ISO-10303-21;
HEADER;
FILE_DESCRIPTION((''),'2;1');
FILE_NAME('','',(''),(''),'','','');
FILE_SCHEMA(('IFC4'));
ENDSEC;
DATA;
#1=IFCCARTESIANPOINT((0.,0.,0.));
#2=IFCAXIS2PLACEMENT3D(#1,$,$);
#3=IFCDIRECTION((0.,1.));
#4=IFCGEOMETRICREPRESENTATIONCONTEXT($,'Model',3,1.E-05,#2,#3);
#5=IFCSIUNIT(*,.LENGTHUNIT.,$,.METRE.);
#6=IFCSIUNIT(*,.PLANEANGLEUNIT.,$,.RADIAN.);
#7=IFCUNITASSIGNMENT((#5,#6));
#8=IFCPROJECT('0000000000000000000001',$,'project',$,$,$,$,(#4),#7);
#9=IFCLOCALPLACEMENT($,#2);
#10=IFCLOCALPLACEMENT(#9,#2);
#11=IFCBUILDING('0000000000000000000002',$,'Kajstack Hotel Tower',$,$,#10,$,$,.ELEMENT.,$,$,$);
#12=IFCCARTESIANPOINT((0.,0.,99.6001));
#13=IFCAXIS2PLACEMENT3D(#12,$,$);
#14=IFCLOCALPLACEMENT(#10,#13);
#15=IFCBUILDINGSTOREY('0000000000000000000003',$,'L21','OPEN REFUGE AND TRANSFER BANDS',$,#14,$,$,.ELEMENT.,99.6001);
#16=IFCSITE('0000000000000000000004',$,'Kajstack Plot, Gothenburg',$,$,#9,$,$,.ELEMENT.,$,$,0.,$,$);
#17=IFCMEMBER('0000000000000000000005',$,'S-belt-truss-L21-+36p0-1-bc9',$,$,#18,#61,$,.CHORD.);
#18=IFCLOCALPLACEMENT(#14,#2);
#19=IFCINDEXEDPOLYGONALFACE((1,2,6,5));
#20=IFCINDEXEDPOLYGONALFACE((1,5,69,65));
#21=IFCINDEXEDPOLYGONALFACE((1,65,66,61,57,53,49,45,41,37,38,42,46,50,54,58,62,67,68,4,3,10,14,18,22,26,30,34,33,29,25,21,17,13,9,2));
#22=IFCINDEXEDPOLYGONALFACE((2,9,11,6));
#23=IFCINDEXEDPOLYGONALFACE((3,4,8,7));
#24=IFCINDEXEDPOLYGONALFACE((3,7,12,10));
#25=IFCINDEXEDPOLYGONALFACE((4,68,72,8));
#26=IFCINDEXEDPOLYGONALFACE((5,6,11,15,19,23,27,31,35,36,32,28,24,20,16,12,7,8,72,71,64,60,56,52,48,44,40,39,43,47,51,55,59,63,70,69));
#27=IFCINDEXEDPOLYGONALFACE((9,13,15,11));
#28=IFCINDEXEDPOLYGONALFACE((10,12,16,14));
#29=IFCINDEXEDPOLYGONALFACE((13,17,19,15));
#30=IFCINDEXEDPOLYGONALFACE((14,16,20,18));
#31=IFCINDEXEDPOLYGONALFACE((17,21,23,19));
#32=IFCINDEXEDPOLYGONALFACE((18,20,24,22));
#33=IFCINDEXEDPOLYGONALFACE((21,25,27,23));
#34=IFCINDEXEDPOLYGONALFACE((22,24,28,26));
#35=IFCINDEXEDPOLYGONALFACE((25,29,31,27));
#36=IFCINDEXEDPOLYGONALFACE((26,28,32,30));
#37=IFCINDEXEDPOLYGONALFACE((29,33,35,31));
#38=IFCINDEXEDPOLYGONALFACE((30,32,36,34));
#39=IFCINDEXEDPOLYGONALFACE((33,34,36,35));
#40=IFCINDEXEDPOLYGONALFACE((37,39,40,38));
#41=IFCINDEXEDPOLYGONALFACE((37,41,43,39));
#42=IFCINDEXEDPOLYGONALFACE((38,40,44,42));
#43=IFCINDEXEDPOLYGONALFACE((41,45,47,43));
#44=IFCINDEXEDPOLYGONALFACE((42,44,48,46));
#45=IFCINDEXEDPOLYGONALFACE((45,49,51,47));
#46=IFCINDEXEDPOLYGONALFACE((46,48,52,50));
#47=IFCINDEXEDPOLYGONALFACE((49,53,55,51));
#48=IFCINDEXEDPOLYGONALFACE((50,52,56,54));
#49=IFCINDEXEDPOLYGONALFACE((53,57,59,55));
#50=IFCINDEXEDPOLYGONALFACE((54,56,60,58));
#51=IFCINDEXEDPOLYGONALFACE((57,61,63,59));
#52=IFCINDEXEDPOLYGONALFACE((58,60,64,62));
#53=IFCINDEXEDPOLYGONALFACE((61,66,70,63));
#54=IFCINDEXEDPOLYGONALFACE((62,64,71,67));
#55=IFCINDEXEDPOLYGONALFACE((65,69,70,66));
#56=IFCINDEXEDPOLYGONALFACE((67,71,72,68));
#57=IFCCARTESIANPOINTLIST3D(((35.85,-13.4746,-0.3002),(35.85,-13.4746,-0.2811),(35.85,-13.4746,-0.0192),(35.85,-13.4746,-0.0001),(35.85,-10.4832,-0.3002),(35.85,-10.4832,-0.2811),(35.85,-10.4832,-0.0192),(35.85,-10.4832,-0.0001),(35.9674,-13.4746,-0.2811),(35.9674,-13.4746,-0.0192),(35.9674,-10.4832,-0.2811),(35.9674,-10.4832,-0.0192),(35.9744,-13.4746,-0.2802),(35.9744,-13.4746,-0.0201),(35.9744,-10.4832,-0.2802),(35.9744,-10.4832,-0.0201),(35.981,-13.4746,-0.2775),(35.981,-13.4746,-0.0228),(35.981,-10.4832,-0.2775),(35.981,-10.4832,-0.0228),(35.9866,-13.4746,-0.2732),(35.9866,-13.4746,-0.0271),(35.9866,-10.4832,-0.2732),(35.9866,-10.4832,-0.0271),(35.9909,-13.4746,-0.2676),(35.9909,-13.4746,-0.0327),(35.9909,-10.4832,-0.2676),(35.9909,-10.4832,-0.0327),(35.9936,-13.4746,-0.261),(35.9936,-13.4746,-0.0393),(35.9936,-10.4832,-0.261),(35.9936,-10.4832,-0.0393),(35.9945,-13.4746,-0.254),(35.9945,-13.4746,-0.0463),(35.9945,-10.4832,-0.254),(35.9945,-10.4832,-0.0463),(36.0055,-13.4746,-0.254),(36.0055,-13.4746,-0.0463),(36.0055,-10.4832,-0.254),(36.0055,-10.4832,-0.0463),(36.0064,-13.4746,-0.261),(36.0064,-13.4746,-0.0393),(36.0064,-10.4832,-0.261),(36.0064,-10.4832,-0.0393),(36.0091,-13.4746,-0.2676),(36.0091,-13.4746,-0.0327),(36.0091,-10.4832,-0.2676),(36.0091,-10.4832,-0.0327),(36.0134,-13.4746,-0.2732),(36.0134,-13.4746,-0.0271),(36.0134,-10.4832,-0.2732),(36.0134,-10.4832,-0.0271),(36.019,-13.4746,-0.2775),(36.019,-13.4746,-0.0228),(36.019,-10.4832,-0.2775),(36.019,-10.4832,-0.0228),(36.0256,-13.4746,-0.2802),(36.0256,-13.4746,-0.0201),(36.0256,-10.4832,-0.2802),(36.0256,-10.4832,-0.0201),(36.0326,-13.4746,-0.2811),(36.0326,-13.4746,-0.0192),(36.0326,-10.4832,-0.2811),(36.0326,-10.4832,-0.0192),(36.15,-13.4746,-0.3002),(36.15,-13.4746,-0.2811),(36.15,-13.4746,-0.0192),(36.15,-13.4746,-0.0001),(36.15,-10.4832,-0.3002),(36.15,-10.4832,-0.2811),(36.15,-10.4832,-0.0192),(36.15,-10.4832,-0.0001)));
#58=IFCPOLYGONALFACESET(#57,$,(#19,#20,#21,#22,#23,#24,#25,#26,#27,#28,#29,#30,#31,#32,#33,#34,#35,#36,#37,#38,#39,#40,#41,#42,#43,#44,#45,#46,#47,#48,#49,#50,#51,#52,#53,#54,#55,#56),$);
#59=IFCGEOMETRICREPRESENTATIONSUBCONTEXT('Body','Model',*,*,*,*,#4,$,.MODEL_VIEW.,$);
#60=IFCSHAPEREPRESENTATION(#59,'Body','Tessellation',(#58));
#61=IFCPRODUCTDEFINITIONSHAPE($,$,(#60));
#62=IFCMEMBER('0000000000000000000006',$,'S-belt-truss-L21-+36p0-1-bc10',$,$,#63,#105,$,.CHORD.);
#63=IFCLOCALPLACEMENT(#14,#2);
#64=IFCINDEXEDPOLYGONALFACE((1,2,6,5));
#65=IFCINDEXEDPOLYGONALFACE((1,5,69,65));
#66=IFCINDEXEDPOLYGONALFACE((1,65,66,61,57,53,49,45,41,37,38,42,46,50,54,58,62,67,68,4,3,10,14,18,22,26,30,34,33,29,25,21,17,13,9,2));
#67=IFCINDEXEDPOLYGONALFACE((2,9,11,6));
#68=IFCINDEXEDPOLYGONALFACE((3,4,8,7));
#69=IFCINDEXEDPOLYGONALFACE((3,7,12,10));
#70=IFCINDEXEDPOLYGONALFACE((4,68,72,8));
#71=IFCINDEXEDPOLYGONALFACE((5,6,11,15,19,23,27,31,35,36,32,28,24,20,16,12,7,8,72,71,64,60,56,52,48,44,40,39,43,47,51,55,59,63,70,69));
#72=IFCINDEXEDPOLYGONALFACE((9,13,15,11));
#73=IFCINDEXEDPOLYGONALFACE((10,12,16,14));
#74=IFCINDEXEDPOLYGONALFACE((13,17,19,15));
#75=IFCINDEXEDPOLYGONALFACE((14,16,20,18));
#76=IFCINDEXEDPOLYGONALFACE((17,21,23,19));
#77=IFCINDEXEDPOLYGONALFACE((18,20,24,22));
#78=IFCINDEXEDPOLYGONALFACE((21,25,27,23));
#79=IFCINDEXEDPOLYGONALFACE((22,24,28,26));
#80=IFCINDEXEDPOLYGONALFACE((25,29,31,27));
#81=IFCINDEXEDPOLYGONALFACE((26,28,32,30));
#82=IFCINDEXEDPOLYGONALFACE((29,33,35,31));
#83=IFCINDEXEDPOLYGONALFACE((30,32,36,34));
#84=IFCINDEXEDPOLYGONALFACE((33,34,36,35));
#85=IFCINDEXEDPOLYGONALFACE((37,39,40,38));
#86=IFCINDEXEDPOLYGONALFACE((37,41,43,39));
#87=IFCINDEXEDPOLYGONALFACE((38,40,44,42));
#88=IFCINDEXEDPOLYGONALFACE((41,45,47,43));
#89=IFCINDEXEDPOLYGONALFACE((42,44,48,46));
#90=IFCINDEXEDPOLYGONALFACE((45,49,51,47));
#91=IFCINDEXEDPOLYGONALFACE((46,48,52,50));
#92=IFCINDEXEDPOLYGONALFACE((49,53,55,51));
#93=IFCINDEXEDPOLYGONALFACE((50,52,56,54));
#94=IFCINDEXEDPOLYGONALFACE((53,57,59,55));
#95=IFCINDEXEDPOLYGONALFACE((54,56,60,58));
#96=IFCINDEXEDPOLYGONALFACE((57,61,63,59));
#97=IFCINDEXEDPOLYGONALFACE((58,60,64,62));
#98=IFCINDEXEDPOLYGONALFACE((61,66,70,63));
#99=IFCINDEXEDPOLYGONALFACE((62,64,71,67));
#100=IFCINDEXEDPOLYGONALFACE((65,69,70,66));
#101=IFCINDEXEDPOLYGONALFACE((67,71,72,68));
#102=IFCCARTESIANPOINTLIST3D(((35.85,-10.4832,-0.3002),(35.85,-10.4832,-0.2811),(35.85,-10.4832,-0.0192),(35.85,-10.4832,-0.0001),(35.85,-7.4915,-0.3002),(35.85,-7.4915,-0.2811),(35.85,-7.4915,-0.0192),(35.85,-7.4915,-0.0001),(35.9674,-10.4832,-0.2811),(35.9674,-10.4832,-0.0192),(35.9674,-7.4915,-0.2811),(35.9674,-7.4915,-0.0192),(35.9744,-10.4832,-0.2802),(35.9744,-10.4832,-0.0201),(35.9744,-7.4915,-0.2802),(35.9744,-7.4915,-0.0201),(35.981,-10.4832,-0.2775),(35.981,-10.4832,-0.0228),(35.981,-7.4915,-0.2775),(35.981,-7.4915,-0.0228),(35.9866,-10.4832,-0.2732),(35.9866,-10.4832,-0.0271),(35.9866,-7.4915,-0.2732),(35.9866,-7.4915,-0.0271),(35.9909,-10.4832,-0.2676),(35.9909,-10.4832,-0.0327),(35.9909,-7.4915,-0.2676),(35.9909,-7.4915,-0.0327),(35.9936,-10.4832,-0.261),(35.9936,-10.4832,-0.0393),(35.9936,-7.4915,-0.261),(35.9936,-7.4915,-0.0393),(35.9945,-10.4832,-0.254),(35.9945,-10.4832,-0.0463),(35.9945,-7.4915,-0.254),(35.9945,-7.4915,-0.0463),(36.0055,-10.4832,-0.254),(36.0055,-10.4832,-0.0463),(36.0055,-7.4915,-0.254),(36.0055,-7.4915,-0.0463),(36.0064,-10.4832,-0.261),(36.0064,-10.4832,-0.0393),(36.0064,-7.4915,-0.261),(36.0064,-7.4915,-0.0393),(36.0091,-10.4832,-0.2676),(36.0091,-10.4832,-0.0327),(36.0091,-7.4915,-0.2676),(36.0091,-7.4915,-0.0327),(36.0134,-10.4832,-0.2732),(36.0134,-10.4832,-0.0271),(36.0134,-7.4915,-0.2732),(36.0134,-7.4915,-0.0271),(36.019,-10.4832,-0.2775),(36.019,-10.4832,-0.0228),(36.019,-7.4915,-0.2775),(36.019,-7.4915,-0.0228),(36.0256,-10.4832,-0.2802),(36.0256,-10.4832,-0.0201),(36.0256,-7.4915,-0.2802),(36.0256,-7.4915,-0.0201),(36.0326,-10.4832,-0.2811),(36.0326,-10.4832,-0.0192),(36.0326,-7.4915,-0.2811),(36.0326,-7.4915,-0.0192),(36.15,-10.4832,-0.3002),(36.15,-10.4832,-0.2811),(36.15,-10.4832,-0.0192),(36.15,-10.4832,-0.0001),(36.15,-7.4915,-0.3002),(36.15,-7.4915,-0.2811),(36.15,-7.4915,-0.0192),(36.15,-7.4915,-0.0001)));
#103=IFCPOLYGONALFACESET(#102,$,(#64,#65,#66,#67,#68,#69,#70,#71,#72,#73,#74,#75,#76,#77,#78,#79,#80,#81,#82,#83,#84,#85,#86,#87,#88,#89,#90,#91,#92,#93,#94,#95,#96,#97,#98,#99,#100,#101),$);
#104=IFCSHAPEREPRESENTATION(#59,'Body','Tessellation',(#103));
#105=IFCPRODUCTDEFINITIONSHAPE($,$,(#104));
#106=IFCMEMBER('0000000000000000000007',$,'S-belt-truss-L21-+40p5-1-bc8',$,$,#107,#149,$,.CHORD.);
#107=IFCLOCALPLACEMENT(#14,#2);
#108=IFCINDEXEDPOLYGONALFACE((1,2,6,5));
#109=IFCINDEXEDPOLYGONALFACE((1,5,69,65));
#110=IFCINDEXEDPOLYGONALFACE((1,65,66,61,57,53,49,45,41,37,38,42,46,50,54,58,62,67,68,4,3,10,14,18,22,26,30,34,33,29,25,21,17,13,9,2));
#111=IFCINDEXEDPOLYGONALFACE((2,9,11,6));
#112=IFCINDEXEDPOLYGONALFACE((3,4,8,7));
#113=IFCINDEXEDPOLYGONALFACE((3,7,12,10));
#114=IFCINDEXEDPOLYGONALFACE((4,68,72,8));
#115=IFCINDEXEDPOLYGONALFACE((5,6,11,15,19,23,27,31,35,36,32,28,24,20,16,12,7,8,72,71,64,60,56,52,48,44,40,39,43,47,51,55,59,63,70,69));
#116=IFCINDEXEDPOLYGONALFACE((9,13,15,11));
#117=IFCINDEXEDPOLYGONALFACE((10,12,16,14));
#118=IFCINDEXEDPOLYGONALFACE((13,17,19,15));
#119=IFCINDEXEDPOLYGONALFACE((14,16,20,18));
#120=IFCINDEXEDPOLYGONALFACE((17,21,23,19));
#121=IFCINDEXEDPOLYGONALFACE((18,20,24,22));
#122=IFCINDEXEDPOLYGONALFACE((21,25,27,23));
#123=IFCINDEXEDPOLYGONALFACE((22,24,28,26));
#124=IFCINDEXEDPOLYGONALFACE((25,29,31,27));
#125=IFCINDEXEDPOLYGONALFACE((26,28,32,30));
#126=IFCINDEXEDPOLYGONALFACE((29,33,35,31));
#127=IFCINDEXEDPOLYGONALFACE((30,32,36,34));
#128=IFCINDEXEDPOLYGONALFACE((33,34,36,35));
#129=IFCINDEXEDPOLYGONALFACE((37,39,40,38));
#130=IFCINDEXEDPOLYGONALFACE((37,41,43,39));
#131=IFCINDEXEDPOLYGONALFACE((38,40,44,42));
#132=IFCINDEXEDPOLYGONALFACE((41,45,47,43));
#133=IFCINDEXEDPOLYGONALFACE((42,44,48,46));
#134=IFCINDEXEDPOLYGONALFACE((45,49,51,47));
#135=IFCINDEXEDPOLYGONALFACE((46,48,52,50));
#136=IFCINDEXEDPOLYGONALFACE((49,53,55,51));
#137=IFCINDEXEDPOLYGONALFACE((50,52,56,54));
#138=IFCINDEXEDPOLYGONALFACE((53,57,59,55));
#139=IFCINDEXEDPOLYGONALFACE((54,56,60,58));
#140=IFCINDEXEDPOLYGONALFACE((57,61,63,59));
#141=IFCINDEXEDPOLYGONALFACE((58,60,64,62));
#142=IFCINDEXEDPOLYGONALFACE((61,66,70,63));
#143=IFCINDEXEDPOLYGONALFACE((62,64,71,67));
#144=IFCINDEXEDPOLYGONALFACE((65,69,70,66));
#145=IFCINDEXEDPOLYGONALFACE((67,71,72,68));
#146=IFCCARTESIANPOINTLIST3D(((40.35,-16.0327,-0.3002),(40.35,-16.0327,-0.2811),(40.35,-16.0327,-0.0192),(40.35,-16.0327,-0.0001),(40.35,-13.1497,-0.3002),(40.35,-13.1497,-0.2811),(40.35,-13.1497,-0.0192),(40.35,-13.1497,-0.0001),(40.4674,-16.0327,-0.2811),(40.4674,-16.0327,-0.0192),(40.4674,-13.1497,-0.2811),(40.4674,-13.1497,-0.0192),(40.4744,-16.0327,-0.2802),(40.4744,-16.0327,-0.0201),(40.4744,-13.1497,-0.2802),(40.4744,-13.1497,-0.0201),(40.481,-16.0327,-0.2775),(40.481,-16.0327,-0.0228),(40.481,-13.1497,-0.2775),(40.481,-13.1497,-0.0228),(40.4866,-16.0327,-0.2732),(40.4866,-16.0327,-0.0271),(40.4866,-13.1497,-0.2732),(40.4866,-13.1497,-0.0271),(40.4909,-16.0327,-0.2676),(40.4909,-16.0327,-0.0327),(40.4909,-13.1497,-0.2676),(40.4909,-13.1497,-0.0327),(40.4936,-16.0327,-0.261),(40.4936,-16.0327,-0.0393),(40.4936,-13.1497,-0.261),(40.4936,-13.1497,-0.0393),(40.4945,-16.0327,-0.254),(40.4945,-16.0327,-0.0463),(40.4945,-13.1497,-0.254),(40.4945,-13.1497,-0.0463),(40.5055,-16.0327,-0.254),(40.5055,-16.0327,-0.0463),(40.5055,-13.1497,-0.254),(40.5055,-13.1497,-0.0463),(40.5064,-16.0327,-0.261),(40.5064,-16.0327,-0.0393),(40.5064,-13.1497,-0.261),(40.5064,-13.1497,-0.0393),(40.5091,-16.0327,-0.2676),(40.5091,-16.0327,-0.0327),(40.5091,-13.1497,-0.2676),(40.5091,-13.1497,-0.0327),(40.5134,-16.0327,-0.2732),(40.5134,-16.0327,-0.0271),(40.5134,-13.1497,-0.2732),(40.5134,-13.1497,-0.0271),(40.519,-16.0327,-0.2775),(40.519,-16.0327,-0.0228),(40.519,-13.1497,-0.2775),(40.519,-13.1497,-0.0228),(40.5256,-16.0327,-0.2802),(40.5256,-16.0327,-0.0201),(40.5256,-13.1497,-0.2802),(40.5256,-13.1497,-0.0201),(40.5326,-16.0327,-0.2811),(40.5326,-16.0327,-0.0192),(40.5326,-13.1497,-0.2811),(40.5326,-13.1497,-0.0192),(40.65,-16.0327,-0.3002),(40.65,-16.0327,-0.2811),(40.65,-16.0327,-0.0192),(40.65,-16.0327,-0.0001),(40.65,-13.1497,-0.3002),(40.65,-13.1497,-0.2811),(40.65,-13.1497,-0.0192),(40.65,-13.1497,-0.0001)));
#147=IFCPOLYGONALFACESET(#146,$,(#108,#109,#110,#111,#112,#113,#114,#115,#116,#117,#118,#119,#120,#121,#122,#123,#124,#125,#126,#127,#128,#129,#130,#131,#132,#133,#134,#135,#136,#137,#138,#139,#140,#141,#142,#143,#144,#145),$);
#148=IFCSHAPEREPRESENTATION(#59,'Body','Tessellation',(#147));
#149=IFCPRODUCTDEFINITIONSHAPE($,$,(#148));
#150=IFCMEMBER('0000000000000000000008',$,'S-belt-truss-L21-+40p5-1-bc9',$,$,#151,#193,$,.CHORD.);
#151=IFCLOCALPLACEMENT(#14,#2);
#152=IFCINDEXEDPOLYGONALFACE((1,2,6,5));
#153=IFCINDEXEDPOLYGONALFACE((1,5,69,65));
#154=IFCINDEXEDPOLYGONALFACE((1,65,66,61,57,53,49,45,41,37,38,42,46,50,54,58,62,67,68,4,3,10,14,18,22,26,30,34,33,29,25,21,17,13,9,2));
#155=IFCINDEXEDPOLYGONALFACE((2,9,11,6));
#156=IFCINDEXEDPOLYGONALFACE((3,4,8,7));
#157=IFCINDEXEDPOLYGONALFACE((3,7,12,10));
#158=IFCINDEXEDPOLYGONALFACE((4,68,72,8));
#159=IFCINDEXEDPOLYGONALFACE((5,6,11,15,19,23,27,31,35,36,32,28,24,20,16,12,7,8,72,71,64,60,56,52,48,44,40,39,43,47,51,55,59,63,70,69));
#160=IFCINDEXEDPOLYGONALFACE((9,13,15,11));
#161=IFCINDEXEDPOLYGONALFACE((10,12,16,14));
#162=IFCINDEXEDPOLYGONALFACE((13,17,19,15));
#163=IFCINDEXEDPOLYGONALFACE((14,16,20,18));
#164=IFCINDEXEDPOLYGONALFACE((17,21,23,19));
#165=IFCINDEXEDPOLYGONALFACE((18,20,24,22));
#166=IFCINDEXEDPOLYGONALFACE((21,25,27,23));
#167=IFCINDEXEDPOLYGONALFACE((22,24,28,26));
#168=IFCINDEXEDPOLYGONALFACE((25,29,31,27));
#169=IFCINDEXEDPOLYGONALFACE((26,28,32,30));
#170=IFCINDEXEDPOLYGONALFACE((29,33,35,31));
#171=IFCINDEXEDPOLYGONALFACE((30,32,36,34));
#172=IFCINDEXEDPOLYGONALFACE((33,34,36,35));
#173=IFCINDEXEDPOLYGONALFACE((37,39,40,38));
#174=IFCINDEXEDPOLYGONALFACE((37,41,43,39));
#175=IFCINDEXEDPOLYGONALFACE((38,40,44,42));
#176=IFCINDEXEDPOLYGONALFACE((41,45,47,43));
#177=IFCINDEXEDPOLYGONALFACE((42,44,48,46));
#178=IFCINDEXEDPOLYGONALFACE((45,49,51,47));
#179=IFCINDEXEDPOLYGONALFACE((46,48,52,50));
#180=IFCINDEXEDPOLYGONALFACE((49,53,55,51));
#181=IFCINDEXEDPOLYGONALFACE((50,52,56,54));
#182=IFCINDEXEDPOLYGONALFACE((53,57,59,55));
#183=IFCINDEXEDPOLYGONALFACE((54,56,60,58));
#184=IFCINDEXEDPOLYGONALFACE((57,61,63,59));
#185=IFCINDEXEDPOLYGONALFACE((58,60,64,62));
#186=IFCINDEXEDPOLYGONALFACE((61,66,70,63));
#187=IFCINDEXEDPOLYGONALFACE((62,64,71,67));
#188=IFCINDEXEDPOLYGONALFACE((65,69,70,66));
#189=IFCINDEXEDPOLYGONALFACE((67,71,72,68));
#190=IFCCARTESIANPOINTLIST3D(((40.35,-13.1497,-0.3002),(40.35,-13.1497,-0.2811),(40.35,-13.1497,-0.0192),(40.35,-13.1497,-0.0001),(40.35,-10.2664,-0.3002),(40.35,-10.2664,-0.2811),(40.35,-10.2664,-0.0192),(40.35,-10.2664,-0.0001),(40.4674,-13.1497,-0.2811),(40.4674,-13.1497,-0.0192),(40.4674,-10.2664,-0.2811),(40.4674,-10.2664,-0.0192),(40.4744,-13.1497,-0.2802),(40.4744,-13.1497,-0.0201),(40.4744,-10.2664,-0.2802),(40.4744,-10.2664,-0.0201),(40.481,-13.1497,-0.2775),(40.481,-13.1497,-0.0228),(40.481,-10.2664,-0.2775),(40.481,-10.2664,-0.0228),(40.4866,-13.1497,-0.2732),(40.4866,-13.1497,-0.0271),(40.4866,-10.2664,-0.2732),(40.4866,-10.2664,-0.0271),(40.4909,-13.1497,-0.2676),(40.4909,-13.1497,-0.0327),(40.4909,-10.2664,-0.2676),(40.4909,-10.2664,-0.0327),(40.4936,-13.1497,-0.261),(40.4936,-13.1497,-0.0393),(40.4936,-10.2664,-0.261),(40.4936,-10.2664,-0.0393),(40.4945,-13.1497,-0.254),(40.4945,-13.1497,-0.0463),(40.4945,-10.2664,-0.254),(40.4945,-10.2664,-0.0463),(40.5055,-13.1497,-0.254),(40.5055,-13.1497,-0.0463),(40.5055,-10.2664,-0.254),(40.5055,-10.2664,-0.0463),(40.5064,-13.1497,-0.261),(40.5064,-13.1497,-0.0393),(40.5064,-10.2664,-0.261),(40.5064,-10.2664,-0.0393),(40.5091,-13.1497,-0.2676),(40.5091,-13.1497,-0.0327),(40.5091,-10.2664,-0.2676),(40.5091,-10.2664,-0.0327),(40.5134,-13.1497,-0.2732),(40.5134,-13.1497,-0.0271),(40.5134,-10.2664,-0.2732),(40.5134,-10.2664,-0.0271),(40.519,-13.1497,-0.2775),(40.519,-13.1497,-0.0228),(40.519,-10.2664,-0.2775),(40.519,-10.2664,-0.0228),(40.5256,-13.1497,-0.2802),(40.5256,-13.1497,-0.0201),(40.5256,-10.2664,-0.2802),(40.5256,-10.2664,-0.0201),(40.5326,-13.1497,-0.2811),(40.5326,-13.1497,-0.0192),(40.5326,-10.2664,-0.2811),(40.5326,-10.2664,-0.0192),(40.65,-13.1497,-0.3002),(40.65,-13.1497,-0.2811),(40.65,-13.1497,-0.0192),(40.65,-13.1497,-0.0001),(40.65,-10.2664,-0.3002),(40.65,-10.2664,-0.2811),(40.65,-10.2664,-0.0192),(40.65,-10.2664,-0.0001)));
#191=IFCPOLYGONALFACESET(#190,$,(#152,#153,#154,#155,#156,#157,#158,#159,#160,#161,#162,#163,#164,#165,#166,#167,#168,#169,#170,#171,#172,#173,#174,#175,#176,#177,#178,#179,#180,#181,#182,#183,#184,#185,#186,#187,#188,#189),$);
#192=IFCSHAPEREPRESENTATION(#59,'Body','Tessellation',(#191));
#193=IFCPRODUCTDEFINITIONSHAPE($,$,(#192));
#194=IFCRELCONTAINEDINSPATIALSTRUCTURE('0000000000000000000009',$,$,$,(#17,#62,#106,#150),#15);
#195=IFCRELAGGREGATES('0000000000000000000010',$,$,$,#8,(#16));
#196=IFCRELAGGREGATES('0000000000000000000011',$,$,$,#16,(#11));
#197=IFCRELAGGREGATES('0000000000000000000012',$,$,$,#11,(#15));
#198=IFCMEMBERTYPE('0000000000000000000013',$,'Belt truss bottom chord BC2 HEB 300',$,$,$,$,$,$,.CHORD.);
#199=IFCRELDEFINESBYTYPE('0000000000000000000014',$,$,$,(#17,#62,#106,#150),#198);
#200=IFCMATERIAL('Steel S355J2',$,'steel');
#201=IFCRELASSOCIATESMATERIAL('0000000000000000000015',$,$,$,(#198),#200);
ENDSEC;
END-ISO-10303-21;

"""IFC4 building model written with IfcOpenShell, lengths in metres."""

from ifc_helpers import new_model, si_unit, direction, frame, origin, origin_2d, place, context, subcontext, project, spatial, i_section, extrude, material, material_profile, profile_set, type_object, element, save


model = new_model("IFC4")

# Units and contexts
model_context = context("Model", 3, precision=1e-05, world=origin(), true_north=direction((0.0, 1.0)))
body_context = subcontext(model_context, "Body", "Model", "MODEL_VIEW")
ifc_project = project(units=[si_unit("LENGTHUNIT", "METRE"), si_unit("PLANEANGLEUNIT", "RADIAN")], contexts=[model_context])

# Site, building, storey
site_placement = place(None, origin())
site = spatial("IfcSite", under=ifc_project, at=site_placement, Name="Kajstack Plot, Gothenburg", CompositionType="ELEMENT", RefElevation=0.0)
building_placement = place(site_placement, origin())
building = spatial("IfcBuilding", under=site, at=building_placement, Name="Kajstack Hotel Tower", CompositionType="ELEMENT")
storey_placement = place(building_placement, frame((0.0, 0.0, 99.6001)))
storey = spatial("IfcBuildingStorey", under=building, at=storey_placement, Name="L21", Description="OPEN REFUGE AND TRANSFER BANDS", CompositionType="ELEMENT", Elevation=99.6001)

# Members
ifc_material = material(Name="Steel S355J2", Category="steel")
ifc_material_profile_1 = material_profile(ifc_material, i_section(OverallWidth=0.3, OverallDepth=0.3, WebThickness=0.011, FlangeThickness=0.019, FilletRadius=0.0271, at=origin_2d()), Name="HEB 300")
ifc_profile_set_1 = profile_set([ifc_material_profile_1], Name="Steel S355J2")
member_type_1 = type_object("IfcMemberType", Name="Belt truss bottom chord BC2 HEB 300", PredefinedType="CHORD", material=ifc_profile_set_1)
member_1_placement = place(storey_placement, frame((36.0, -13.4746, -0.1501), z_axis=(0.0, 1.0, 0.0), x_axis=(-1.0, 0.0, 0.0)))
element("IfcMember", 1, at=member_1_placement, inside=storey, type_object=member_type_1, Name="S-belt-truss-L21-+36p0-1-bc9", PredefinedType="CHORD", context=body_context, shape_type="SweptSolid", body=[
    extrude(i_section(OverallWidth=0.3, OverallDepth=0.3, WebThickness=0.011, FlangeThickness=0.019, FilletRadius=0.0271, at=origin_2d()), origin(), (0.0, 0.0, 1.0), 2.9915),
])
member_2_placement = place(storey_placement, frame((36.0, -10.4832, -0.1501), z_axis=(0.0, 1.0, 0.0), x_axis=(-1.0, 0.0, 0.0)))
element("IfcMember", 2, at=member_2_placement, inside=storey, type_object=member_type_1, Name="S-belt-truss-L21-+36p0-1-bc10", PredefinedType="CHORD", context=body_context, shape_type="SweptSolid", body=[
    extrude(i_section(OverallWidth=0.3, OverallDepth=0.3, WebThickness=0.011, FlangeThickness=0.019, FilletRadius=0.0271, at=origin_2d()), origin(), (0.0, 0.0, 1.0), 2.9917),
])
member_3_placement = place(storey_placement, frame((40.5, -16.0327, -0.1501), z_axis=(0.0, 1.0, 0.0), x_axis=(-1.0, 0.0, 0.0)))
element("IfcMember", 3, at=member_3_placement, inside=storey, type_object=member_type_1, Name="S-belt-truss-L21-+40p5-1-bc8", PredefinedType="CHORD", context=body_context, shape_type="SweptSolid", body=[
    extrude(i_section(OverallWidth=0.3, OverallDepth=0.3, WebThickness=0.011, FlangeThickness=0.019, FilletRadius=0.0271, at=origin_2d()), origin(), (0.0, 0.0, 1.0), 2.8831),
])
member_4_placement = place(storey_placement, frame((40.5, -13.1497, -0.1501), z_axis=(0.0, 1.0, 0.0), x_axis=(-1.0, 0.0, 0.0)))
element("IfcMember", 4, at=member_4_placement, inside=storey, type_object=member_type_1, Name="S-belt-truss-L21-+40p5-1-bc9", PredefinedType="CHORD", context=body_context, shape_type="SweptSolid", body=[
    extrude(i_section(OverallWidth=0.3, OverallDepth=0.3, WebThickness=0.011, FlangeThickness=0.019, FilletRadius=0.0271, at=origin_2d()), origin(), (0.0, 0.0, 1.0), 2.8833),
])

save(model, "model.ifc")
